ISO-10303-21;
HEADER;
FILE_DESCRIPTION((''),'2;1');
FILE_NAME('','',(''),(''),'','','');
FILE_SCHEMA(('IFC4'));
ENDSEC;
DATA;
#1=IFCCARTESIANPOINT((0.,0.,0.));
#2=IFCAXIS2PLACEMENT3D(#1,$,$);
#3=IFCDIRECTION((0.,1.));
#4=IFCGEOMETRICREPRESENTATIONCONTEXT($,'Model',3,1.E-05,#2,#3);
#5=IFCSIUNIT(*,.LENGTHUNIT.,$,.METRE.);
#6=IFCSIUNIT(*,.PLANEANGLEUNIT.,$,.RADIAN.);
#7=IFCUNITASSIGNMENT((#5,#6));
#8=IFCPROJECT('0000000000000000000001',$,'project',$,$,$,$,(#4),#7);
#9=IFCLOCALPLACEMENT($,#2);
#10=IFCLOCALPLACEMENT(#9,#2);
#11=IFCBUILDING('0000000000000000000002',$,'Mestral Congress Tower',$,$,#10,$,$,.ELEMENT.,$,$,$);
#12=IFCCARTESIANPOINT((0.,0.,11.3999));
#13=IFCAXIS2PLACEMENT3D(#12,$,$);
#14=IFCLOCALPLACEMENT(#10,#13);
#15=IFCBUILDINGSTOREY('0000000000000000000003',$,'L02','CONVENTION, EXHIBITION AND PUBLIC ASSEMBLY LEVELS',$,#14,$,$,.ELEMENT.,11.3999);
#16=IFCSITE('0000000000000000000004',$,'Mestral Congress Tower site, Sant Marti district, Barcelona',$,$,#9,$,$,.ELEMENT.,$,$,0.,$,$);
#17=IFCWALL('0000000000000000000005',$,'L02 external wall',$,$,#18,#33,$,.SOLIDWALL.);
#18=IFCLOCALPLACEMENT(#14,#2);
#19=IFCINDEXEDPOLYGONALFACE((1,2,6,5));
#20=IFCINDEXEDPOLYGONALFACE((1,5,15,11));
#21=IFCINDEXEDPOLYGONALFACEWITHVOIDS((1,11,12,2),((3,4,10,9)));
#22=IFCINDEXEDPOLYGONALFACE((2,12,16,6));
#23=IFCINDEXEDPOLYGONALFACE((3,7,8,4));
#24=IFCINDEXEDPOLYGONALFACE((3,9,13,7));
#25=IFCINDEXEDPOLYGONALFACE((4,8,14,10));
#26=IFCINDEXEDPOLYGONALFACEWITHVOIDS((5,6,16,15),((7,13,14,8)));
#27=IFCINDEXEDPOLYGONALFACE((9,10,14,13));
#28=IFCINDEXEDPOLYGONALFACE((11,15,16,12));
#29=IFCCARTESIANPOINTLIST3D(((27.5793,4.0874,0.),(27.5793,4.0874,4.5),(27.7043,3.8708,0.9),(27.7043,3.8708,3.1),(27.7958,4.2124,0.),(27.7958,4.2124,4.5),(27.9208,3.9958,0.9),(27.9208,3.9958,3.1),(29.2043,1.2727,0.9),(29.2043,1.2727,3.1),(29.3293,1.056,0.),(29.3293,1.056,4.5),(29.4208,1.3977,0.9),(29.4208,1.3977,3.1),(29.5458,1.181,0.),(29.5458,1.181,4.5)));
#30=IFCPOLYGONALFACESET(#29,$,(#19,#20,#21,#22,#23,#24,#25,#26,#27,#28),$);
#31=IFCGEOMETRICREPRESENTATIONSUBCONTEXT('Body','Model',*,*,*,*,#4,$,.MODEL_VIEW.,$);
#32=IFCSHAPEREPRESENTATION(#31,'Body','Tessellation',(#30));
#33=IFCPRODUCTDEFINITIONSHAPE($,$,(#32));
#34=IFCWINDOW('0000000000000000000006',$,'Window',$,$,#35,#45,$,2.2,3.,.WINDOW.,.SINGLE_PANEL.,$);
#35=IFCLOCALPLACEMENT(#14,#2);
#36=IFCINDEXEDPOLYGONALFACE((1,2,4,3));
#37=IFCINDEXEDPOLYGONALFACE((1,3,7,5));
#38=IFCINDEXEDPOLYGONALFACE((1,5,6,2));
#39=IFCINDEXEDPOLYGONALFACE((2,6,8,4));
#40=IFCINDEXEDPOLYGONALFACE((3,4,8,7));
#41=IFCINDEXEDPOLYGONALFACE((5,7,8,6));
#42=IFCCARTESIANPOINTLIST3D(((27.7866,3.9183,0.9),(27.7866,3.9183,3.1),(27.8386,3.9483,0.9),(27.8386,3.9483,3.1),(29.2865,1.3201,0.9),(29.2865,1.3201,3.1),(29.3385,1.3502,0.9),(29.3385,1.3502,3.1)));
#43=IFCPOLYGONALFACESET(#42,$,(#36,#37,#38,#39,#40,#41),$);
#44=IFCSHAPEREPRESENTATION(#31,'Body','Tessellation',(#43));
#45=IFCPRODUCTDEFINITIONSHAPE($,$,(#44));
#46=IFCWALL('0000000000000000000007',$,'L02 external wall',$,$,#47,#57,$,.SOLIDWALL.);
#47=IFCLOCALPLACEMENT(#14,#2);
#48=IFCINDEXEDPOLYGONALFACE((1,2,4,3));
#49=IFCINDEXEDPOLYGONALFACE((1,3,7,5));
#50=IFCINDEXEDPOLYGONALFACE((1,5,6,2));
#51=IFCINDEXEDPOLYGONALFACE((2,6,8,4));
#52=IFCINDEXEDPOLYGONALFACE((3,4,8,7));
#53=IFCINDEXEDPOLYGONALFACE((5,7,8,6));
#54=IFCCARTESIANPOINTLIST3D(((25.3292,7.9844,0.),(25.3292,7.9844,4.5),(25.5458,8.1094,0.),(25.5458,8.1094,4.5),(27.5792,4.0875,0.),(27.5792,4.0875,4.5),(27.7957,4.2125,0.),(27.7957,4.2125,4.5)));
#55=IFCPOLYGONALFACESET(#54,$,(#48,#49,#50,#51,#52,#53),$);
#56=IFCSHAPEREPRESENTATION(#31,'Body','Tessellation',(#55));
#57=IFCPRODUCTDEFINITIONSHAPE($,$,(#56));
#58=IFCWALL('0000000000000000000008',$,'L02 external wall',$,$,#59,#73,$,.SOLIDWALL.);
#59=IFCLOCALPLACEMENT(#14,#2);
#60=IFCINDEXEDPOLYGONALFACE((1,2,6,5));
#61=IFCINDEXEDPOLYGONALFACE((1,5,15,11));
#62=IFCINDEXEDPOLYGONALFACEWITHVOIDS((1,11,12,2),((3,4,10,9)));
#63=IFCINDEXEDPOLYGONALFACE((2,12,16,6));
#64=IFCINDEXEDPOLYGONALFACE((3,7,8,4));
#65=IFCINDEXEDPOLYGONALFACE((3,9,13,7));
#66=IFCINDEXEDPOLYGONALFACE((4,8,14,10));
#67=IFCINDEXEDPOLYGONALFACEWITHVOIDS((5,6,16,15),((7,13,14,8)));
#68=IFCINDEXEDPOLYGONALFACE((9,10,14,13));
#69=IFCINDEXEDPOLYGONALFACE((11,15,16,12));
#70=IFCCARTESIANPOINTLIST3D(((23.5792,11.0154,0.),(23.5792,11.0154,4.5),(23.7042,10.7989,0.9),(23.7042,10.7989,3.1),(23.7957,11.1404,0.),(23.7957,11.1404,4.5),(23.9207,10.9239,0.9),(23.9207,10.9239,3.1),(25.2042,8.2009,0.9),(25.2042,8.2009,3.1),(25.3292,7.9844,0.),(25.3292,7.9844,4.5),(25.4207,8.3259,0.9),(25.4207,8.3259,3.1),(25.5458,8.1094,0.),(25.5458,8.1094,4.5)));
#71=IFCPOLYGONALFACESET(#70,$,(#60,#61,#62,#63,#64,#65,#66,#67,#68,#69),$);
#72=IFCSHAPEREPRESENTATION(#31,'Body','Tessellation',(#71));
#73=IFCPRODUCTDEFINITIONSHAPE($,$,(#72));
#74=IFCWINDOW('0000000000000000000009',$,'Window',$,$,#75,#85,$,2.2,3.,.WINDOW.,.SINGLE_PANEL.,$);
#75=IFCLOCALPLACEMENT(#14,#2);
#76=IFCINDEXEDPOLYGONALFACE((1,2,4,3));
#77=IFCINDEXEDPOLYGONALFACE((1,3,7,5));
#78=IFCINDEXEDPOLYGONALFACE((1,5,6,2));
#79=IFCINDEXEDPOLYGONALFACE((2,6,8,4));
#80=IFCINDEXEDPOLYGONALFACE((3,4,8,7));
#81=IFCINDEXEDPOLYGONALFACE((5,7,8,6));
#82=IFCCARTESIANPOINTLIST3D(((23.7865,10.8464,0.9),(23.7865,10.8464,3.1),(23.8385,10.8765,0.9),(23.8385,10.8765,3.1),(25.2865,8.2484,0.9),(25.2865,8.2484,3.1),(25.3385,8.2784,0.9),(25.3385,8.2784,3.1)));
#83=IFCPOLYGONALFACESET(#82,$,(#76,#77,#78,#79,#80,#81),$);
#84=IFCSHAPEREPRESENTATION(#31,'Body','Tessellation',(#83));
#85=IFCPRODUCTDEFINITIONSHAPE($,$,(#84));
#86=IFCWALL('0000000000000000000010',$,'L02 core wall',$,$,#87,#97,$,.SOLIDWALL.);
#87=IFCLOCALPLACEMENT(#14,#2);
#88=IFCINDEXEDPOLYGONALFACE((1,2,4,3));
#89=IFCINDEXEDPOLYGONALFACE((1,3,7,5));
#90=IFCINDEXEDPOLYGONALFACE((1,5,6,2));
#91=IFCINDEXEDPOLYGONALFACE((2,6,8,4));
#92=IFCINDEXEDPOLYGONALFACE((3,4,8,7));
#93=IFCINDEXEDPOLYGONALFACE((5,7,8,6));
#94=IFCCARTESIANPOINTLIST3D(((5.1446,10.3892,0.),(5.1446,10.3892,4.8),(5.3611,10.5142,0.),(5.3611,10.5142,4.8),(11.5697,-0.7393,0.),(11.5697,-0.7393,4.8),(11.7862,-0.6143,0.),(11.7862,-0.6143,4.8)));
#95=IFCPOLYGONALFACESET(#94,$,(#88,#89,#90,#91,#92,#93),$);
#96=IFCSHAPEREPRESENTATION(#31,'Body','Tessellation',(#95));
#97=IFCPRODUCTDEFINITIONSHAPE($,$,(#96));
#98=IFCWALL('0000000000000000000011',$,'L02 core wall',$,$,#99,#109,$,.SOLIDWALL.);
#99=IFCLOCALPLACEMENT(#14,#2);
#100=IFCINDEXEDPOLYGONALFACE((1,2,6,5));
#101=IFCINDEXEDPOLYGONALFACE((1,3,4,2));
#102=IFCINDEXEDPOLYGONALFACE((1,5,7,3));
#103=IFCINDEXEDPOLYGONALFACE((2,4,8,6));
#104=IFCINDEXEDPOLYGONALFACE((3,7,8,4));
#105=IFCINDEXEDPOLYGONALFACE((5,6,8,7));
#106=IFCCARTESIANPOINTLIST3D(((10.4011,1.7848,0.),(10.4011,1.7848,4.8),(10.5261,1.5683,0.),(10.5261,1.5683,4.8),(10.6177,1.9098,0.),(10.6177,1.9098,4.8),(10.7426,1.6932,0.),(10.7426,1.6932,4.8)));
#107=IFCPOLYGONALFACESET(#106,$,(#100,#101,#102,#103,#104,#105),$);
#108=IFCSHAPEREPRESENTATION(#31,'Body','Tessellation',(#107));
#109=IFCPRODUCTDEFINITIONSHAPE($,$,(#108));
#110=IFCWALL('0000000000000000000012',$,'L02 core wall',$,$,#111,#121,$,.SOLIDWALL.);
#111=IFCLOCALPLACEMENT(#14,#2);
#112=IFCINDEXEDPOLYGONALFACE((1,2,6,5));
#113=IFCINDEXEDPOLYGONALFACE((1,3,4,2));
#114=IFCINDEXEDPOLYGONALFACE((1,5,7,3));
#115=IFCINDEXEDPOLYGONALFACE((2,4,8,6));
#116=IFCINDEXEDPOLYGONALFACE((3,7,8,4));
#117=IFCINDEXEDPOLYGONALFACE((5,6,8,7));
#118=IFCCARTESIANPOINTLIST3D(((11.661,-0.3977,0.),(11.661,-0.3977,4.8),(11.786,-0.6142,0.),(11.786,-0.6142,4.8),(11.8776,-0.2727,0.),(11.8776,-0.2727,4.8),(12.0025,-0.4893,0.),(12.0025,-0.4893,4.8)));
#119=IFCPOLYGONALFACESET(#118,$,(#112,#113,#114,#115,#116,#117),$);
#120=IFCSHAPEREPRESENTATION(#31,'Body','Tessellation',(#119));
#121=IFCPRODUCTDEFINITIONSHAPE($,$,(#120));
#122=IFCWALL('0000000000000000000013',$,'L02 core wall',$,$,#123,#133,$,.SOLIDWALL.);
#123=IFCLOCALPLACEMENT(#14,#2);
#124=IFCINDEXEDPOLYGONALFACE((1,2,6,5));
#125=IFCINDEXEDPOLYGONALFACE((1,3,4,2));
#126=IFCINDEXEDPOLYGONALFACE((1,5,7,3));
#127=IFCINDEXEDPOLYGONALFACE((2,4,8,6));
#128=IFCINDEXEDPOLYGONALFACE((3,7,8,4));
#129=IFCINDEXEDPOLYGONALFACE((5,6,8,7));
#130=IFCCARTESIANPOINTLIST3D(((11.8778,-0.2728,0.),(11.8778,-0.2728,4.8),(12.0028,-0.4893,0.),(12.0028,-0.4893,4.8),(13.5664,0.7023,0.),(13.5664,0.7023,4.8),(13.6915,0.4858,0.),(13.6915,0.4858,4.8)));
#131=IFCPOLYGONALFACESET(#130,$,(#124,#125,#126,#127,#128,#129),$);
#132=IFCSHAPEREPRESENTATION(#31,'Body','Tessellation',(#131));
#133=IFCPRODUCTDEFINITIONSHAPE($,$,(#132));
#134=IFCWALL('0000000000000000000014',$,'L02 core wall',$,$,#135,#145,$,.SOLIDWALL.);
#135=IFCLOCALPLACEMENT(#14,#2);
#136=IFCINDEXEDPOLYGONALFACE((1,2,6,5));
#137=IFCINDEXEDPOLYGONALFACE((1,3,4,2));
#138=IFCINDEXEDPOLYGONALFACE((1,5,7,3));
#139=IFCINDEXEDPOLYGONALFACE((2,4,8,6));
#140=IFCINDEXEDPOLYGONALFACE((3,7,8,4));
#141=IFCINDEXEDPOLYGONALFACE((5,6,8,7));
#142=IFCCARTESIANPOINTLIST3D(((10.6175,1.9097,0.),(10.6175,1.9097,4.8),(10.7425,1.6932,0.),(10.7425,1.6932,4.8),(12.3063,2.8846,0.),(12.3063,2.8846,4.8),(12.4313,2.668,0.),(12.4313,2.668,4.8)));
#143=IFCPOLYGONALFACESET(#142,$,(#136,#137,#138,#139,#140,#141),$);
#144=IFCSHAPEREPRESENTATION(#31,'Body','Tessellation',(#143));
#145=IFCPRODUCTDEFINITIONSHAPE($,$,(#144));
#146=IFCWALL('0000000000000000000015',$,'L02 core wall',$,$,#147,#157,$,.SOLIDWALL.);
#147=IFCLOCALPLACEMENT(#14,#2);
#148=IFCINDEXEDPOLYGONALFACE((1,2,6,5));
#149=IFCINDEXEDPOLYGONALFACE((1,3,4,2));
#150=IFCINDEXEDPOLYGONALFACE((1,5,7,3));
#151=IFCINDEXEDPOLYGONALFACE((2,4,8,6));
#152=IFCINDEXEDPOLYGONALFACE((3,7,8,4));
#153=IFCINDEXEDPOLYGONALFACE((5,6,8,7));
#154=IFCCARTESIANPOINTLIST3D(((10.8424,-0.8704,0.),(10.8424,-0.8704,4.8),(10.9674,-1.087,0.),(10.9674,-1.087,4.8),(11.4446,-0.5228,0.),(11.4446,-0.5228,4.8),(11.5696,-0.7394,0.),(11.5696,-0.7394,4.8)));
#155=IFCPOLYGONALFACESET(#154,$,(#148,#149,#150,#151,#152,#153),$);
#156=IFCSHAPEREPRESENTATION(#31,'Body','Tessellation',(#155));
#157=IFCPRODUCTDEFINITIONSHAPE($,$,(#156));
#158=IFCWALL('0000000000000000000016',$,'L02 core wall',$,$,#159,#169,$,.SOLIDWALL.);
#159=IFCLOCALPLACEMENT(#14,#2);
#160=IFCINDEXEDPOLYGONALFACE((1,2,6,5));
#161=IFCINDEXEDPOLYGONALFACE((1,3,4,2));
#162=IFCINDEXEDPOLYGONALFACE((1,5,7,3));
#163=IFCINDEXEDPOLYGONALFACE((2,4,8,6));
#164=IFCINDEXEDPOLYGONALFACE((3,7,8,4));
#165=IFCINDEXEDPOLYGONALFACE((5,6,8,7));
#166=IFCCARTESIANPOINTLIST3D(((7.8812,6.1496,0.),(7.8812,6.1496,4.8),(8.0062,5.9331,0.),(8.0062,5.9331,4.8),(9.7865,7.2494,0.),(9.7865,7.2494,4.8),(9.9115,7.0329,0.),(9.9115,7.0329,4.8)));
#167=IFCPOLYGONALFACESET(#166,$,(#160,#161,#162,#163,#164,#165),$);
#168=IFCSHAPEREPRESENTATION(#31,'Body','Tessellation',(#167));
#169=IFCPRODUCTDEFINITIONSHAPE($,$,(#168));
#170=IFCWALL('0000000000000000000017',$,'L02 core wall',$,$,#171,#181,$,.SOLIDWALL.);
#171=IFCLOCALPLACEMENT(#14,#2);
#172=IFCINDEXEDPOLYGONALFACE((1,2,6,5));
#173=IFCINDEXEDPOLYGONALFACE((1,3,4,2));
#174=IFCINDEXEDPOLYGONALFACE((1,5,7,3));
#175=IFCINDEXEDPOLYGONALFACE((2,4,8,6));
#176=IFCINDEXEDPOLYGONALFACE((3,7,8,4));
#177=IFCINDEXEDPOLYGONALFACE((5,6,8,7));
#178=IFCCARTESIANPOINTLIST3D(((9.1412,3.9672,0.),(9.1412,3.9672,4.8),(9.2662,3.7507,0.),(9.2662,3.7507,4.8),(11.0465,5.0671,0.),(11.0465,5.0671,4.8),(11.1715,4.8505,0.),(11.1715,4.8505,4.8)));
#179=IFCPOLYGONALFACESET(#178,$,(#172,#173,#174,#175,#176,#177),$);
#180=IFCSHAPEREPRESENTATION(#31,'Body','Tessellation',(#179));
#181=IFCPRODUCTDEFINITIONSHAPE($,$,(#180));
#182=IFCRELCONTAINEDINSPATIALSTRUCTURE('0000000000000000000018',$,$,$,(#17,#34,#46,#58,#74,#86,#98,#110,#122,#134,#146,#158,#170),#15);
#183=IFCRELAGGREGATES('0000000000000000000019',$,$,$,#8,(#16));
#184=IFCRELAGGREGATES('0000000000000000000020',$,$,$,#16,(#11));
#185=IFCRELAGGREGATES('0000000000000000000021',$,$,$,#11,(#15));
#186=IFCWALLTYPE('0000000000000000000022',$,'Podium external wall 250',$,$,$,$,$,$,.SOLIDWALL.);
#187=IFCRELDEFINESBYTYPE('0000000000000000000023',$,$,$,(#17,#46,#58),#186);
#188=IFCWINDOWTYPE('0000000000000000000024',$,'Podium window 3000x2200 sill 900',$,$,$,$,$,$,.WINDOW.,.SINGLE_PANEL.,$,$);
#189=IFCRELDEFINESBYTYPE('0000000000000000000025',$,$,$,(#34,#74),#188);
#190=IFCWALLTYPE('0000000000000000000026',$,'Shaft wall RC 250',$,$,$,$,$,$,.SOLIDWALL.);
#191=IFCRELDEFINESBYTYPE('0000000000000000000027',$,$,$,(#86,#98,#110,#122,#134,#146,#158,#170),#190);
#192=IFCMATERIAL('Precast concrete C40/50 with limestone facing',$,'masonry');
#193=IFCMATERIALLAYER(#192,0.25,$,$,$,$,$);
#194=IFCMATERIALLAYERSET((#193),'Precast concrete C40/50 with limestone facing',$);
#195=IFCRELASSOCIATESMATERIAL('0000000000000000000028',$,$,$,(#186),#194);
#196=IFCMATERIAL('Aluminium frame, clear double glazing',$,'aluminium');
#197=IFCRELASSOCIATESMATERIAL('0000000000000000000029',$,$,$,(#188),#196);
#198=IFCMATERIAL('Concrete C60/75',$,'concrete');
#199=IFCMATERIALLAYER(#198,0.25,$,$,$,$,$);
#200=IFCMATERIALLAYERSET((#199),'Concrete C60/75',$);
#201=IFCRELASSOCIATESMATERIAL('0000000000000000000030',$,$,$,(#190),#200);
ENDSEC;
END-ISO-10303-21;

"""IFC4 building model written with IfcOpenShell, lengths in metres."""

from ifc_helpers import new_model, si_unit, direction, frame, frame_2d, origin, place, context, subcontext, project, spatial, rectangle, extrude, material, layer, layer_set, type_object, element, fill, save


model = new_model("IFC4")

# Units and contexts
model_context = context("Model", 3, precision=1e-05, world=origin(), true_north=direction((0.0, 1.0)))
body_context = subcontext(model_context, "Body", "Model", "MODEL_VIEW")
ifc_project = project(units=[si_unit("LENGTHUNIT", "METRE"), si_unit("PLANEANGLEUNIT", "RADIAN")], contexts=[model_context])

# Site, building, storey
site_placement = place(None, origin())
site = spatial("IfcSite", under=ifc_project, at=site_placement, Name="Mestral Congress Tower site, Sant Marti district, Barcelona", CompositionType="ELEMENT", RefElevation=0.0)
building_placement = place(site_placement, origin())
building = spatial("IfcBuilding", under=site, at=building_placement, Name="Mestral Congress Tower", CompositionType="ELEMENT")
storey_placement = place(building_placement, frame((0.0, 0.0, 11.3999)))
storey = spatial("IfcBuildingStorey", under=building, at=storey_placement, Name="L02", Description="CONVENTION, EXHIBITION AND PUBLIC ASSEMBLY LEVELS", CompositionType="ELEMENT", Elevation=11.3999)

# Shared definitions
ifc_material_1 = material(Name="Precast concrete C40/50 with limestone facing", Category="masonry")
ifc_layer_1 = layer(ifc_material_1, 0.25)
ifc_layer_set_1 = layer_set([ifc_layer_1], Name="Precast concrete C40/50 with limestone facing")
wall_type_1 = type_object("IfcWallType", Name="Podium external wall 250", PredefinedType="SOLIDWALL", material=ifc_layer_set_1)

# Wall, opening, window
wall_1_placement = place(storey_placement, frame((29.4375, 1.1187, 0.0), z_axis=(0.0, 0.0, 1.0), x_axis=(-0.49998, 0.866037, 0.0)))
wall_1 = element("IfcWall", 1, at=wall_1_placement, inside=storey, type_object=wall_type_1, Name="L02 external wall", PredefinedType="SOLIDWALL", context=body_context, shape_type="SweptSolid", body=[
    extrude(rectangle(XDim=3.5002, YDim=0.25, at=frame_2d((1.75, 0.0))), origin(), (0.0, 0.0, 1.0), 4.5),
])
opening_1_placement = place(wall_1_placement, frame((0.25, 0.0, 0.8999)))
opening_1 = element("IfcOpeningElement", 2, at=opening_1_placement, cuts=wall_1, PredefinedType="OPENING", context=body_context, shape_type="SweptSolid", body=[
    extrude(rectangle(XDim=3.0, YDim=2.2, at=frame_2d((1.5, 1.1001))), frame((0.0, 0.135, 0.0), z_axis=(0.0, -1.0, 0.0), x_axis=(1.0, 0.0, 0.0)), (0.0, 0.0, 1.0), 0.27),
])
ifc_material_2 = material(Name="Aluminium frame, clear double glazing", Category="aluminium")
window_type = type_object("IfcWindowType", Name="Podium window 3000x2200 sill 900", PartitioningType="SINGLE_PANEL", PredefinedType="WINDOW", material=ifc_material_2)
window_1_placement = place(opening_1_placement, origin())
window_1 = element("IfcWindow", 3, at=window_1_placement, inside=storey, type_object=window_type, Name="Window", OverallHeight=2.2, OverallWidth=3.0, PartitioningType="SINGLE_PANEL", PredefinedType="WINDOW", context=body_context, shape_type="SweptSolid", body=[
    extrude(rectangle(XDim=3.0, YDim=2.2, at=frame_2d((1.5, 1.1001))), frame((0.0, 0.03, 0.0), z_axis=(0.0, -1.0, 0.0), x_axis=(1.0, 0.0, 0.0)), (0.0, 0.0, 1.0), 0.0601),
])
fill(opening_1, window_1)

# Wall
wall_2_placement = place(storey_placement, frame((27.6875, 4.1499, 0.0), z_axis=(0.0, 0.0, 1.0), x_axis=(-0.500014, 0.866018, 0.0)))
element("IfcWall", 4, at=wall_2_placement, inside=storey, type_object=wall_type_1, Name="L02 external wall", PredefinedType="SOLIDWALL", context=body_context, shape_type="SweptSolid", body=[
    extrude(rectangle(XDim=4.4998, YDim=0.25, at=frame_2d((2.25, 0.0))), origin(), (0.0, 0.0, 1.0), 4.5),
])

# Wall, opening, window
wall_3_placement = place(storey_placement, frame((25.4375, 8.0469, 0.0), z_axis=(0.0, 0.0, 1.0), x_axis=(-0.50001, 0.866019, 0.0)))
wall_3 = element("IfcWall", 5, at=wall_3_placement, inside=storey, type_object=wall_type_1, Name="L02 external wall", PredefinedType="SOLIDWALL", context=body_context, shape_type="SweptSolid", body=[
    extrude(rectangle(XDim=3.5, YDim=0.25, at=frame_2d((1.75, 0.0))), origin(), (0.0, 0.0, 1.0), 4.5),
])
opening_2_placement = place(wall_3_placement, frame((0.25, 0.0, 0.8999)))
opening_2 = element("IfcOpeningElement", 6, at=opening_2_placement, cuts=wall_3, PredefinedType="OPENING", context=body_context, shape_type="SweptSolid", body=[
    extrude(rectangle(XDim=3.0, YDim=2.2, at=frame_2d((1.5, 1.1001))), frame((0.0, 0.135, 0.0), z_axis=(0.0, -1.0, 0.0), x_axis=(1.0, 0.0, 0.0)), (0.0, 0.0, 1.0), 0.27),
])
window_2_placement = place(opening_2_placement, origin())
window_2 = element("IfcWindow", 7, at=window_2_placement, inside=storey, type_object=window_type, Name="Window", OverallHeight=2.2, OverallWidth=3.0, PartitioningType="SINGLE_PANEL", PredefinedType="WINDOW", context=body_context, shape_type="SweptSolid", body=[
    extrude(rectangle(XDim=3.0, YDim=2.2, at=frame_2d((1.5, 1.1001))), frame((0.0, 0.03, 0.0), z_axis=(0.0, -1.0, 0.0), x_axis=(1.0, 0.0, 0.0)), (0.0, 0.0, 1.0), 0.0601),
])
fill(opening_2, window_2)

# Walls
ifc_material_3 = material(Name="Concrete C60/75", Category="concrete")
ifc_layer_2 = layer(ifc_material_3, 0.25)
ifc_layer_set_2 = layer_set([ifc_layer_2], Name="Concrete C60/75")
wall_type_2 = type_object("IfcWallType", Name="Shaft wall RC 250", PredefinedType="SOLIDWALL", material=ifc_layer_set_2)
wall_4_placement = place(storey_placement, frame((11.678, -0.6768, 0.0), z_axis=(0.0, 0.0, 1.0), x_axis=(-0.500003, 0.866024, 0.0)))
element("IfcWall", 8, at=wall_4_placement, inside=storey, type_object=wall_type_2, Name="L02 core wall", PredefinedType="SOLIDWALL", context=body_context, shape_type="SweptSolid", body=[
    extrude(rectangle(XDim=12.8501, YDim=0.25, at=frame_2d((6.425, 0.0))), origin(), (0.0, 0.0, 1.0), 4.8),
])
for number, where, z_axis, x_axis, name in (
    (9, (10.4636, 1.6765, 0.0), (0.0, 0.0, 1.0), (0.866072, 0.49992, 0.0), "L02 core wall"),
    (10, (11.8943, -0.5518, 0.0), (0.0, 0.0, 1.0), (-0.49992, 0.866072, 0.0), "L02 core wall"),
):
    element("IfcWall", number, at=place(storey_placement, frame(where, z_axis=z_axis, x_axis=x_axis)), inside=storey, type_object=wall_type_2, Name=name, PredefinedType="SOLIDWALL", context=body_context, shape_type="SweptSolid", body=[
        extrude(rectangle(XDim=0.25, YDim=0.25, at=frame_2d((0.125, 0.0))), origin(), (0.0, 0.0, 1.0), 4.8),
    ])
for number, where, z_axis, x_axis, name in (
    (11, (11.9402, -0.3811, 0.0), (0.0, 0.0, 1.0), (0.866, 0.500044, 0.0), "L02 core wall"),
    (12, (12.3689, 2.7764, 0.0), (0.0, 0.0, 1.0), (-0.866054, -0.49995, 0.0), "L02 core wall"),
):
    element("IfcWall", number, at=place(storey_placement, frame(where, z_axis=z_axis, x_axis=x_axis)), inside=storey, type_object=wall_type_2, Name=name, PredefinedType="SOLIDWALL", context=body_context, shape_type="SweptSolid", body=[
        extrude(rectangle(XDim=1.95, YDim=0.25, at=frame_2d((0.9751, 0.0))), origin(), (0.0, 0.0, 1.0), 4.8),
    ])
wall_5_placement = place(storey_placement, frame((11.5071, -0.6311, 0.0), z_axis=(0.0, 0.0, 1.0), x_axis=(-0.866075, -0.499915, 0.0)))
element("IfcWall", 13, at=wall_5_placement, inside=storey, type_object=wall_type_2, Name="L02 core wall", PredefinedType="SOLIDWALL", context=body_context, shape_type="SweptSolid", body=[
    extrude(rectangle(XDim=0.6953, YDim=0.25, at=frame_2d((0.3477, 0.0))), origin(), (0.0, 0.0, 1.0), 4.8),
])
for number, where, z_axis, x_axis, name in (
    (14, (7.9436, 6.0413, 0.0), (0.0, 0.0, 1.0), (0.866056, 0.499947, 0.0), "L02 core wall"),
    (15, (9.2036, 3.8589, 0.0), (0.0, 0.0, 1.0), (0.866056, 0.499947, 0.0), "L02 core wall"),
):
    element("IfcWall", number, at=place(storey_placement, frame(where, z_axis=z_axis, x_axis=x_axis)), inside=storey, type_object=wall_type_2, Name=name, PredefinedType="SOLIDWALL", context=body_context, shape_type="SweptSolid", body=[
        extrude(rectangle(XDim=2.2, YDim=0.25, at=frame_2d((1.1001, 0.0))), origin(), (0.0, 0.0, 1.0), 4.8),
    ])

save(model, "model.ifc")
